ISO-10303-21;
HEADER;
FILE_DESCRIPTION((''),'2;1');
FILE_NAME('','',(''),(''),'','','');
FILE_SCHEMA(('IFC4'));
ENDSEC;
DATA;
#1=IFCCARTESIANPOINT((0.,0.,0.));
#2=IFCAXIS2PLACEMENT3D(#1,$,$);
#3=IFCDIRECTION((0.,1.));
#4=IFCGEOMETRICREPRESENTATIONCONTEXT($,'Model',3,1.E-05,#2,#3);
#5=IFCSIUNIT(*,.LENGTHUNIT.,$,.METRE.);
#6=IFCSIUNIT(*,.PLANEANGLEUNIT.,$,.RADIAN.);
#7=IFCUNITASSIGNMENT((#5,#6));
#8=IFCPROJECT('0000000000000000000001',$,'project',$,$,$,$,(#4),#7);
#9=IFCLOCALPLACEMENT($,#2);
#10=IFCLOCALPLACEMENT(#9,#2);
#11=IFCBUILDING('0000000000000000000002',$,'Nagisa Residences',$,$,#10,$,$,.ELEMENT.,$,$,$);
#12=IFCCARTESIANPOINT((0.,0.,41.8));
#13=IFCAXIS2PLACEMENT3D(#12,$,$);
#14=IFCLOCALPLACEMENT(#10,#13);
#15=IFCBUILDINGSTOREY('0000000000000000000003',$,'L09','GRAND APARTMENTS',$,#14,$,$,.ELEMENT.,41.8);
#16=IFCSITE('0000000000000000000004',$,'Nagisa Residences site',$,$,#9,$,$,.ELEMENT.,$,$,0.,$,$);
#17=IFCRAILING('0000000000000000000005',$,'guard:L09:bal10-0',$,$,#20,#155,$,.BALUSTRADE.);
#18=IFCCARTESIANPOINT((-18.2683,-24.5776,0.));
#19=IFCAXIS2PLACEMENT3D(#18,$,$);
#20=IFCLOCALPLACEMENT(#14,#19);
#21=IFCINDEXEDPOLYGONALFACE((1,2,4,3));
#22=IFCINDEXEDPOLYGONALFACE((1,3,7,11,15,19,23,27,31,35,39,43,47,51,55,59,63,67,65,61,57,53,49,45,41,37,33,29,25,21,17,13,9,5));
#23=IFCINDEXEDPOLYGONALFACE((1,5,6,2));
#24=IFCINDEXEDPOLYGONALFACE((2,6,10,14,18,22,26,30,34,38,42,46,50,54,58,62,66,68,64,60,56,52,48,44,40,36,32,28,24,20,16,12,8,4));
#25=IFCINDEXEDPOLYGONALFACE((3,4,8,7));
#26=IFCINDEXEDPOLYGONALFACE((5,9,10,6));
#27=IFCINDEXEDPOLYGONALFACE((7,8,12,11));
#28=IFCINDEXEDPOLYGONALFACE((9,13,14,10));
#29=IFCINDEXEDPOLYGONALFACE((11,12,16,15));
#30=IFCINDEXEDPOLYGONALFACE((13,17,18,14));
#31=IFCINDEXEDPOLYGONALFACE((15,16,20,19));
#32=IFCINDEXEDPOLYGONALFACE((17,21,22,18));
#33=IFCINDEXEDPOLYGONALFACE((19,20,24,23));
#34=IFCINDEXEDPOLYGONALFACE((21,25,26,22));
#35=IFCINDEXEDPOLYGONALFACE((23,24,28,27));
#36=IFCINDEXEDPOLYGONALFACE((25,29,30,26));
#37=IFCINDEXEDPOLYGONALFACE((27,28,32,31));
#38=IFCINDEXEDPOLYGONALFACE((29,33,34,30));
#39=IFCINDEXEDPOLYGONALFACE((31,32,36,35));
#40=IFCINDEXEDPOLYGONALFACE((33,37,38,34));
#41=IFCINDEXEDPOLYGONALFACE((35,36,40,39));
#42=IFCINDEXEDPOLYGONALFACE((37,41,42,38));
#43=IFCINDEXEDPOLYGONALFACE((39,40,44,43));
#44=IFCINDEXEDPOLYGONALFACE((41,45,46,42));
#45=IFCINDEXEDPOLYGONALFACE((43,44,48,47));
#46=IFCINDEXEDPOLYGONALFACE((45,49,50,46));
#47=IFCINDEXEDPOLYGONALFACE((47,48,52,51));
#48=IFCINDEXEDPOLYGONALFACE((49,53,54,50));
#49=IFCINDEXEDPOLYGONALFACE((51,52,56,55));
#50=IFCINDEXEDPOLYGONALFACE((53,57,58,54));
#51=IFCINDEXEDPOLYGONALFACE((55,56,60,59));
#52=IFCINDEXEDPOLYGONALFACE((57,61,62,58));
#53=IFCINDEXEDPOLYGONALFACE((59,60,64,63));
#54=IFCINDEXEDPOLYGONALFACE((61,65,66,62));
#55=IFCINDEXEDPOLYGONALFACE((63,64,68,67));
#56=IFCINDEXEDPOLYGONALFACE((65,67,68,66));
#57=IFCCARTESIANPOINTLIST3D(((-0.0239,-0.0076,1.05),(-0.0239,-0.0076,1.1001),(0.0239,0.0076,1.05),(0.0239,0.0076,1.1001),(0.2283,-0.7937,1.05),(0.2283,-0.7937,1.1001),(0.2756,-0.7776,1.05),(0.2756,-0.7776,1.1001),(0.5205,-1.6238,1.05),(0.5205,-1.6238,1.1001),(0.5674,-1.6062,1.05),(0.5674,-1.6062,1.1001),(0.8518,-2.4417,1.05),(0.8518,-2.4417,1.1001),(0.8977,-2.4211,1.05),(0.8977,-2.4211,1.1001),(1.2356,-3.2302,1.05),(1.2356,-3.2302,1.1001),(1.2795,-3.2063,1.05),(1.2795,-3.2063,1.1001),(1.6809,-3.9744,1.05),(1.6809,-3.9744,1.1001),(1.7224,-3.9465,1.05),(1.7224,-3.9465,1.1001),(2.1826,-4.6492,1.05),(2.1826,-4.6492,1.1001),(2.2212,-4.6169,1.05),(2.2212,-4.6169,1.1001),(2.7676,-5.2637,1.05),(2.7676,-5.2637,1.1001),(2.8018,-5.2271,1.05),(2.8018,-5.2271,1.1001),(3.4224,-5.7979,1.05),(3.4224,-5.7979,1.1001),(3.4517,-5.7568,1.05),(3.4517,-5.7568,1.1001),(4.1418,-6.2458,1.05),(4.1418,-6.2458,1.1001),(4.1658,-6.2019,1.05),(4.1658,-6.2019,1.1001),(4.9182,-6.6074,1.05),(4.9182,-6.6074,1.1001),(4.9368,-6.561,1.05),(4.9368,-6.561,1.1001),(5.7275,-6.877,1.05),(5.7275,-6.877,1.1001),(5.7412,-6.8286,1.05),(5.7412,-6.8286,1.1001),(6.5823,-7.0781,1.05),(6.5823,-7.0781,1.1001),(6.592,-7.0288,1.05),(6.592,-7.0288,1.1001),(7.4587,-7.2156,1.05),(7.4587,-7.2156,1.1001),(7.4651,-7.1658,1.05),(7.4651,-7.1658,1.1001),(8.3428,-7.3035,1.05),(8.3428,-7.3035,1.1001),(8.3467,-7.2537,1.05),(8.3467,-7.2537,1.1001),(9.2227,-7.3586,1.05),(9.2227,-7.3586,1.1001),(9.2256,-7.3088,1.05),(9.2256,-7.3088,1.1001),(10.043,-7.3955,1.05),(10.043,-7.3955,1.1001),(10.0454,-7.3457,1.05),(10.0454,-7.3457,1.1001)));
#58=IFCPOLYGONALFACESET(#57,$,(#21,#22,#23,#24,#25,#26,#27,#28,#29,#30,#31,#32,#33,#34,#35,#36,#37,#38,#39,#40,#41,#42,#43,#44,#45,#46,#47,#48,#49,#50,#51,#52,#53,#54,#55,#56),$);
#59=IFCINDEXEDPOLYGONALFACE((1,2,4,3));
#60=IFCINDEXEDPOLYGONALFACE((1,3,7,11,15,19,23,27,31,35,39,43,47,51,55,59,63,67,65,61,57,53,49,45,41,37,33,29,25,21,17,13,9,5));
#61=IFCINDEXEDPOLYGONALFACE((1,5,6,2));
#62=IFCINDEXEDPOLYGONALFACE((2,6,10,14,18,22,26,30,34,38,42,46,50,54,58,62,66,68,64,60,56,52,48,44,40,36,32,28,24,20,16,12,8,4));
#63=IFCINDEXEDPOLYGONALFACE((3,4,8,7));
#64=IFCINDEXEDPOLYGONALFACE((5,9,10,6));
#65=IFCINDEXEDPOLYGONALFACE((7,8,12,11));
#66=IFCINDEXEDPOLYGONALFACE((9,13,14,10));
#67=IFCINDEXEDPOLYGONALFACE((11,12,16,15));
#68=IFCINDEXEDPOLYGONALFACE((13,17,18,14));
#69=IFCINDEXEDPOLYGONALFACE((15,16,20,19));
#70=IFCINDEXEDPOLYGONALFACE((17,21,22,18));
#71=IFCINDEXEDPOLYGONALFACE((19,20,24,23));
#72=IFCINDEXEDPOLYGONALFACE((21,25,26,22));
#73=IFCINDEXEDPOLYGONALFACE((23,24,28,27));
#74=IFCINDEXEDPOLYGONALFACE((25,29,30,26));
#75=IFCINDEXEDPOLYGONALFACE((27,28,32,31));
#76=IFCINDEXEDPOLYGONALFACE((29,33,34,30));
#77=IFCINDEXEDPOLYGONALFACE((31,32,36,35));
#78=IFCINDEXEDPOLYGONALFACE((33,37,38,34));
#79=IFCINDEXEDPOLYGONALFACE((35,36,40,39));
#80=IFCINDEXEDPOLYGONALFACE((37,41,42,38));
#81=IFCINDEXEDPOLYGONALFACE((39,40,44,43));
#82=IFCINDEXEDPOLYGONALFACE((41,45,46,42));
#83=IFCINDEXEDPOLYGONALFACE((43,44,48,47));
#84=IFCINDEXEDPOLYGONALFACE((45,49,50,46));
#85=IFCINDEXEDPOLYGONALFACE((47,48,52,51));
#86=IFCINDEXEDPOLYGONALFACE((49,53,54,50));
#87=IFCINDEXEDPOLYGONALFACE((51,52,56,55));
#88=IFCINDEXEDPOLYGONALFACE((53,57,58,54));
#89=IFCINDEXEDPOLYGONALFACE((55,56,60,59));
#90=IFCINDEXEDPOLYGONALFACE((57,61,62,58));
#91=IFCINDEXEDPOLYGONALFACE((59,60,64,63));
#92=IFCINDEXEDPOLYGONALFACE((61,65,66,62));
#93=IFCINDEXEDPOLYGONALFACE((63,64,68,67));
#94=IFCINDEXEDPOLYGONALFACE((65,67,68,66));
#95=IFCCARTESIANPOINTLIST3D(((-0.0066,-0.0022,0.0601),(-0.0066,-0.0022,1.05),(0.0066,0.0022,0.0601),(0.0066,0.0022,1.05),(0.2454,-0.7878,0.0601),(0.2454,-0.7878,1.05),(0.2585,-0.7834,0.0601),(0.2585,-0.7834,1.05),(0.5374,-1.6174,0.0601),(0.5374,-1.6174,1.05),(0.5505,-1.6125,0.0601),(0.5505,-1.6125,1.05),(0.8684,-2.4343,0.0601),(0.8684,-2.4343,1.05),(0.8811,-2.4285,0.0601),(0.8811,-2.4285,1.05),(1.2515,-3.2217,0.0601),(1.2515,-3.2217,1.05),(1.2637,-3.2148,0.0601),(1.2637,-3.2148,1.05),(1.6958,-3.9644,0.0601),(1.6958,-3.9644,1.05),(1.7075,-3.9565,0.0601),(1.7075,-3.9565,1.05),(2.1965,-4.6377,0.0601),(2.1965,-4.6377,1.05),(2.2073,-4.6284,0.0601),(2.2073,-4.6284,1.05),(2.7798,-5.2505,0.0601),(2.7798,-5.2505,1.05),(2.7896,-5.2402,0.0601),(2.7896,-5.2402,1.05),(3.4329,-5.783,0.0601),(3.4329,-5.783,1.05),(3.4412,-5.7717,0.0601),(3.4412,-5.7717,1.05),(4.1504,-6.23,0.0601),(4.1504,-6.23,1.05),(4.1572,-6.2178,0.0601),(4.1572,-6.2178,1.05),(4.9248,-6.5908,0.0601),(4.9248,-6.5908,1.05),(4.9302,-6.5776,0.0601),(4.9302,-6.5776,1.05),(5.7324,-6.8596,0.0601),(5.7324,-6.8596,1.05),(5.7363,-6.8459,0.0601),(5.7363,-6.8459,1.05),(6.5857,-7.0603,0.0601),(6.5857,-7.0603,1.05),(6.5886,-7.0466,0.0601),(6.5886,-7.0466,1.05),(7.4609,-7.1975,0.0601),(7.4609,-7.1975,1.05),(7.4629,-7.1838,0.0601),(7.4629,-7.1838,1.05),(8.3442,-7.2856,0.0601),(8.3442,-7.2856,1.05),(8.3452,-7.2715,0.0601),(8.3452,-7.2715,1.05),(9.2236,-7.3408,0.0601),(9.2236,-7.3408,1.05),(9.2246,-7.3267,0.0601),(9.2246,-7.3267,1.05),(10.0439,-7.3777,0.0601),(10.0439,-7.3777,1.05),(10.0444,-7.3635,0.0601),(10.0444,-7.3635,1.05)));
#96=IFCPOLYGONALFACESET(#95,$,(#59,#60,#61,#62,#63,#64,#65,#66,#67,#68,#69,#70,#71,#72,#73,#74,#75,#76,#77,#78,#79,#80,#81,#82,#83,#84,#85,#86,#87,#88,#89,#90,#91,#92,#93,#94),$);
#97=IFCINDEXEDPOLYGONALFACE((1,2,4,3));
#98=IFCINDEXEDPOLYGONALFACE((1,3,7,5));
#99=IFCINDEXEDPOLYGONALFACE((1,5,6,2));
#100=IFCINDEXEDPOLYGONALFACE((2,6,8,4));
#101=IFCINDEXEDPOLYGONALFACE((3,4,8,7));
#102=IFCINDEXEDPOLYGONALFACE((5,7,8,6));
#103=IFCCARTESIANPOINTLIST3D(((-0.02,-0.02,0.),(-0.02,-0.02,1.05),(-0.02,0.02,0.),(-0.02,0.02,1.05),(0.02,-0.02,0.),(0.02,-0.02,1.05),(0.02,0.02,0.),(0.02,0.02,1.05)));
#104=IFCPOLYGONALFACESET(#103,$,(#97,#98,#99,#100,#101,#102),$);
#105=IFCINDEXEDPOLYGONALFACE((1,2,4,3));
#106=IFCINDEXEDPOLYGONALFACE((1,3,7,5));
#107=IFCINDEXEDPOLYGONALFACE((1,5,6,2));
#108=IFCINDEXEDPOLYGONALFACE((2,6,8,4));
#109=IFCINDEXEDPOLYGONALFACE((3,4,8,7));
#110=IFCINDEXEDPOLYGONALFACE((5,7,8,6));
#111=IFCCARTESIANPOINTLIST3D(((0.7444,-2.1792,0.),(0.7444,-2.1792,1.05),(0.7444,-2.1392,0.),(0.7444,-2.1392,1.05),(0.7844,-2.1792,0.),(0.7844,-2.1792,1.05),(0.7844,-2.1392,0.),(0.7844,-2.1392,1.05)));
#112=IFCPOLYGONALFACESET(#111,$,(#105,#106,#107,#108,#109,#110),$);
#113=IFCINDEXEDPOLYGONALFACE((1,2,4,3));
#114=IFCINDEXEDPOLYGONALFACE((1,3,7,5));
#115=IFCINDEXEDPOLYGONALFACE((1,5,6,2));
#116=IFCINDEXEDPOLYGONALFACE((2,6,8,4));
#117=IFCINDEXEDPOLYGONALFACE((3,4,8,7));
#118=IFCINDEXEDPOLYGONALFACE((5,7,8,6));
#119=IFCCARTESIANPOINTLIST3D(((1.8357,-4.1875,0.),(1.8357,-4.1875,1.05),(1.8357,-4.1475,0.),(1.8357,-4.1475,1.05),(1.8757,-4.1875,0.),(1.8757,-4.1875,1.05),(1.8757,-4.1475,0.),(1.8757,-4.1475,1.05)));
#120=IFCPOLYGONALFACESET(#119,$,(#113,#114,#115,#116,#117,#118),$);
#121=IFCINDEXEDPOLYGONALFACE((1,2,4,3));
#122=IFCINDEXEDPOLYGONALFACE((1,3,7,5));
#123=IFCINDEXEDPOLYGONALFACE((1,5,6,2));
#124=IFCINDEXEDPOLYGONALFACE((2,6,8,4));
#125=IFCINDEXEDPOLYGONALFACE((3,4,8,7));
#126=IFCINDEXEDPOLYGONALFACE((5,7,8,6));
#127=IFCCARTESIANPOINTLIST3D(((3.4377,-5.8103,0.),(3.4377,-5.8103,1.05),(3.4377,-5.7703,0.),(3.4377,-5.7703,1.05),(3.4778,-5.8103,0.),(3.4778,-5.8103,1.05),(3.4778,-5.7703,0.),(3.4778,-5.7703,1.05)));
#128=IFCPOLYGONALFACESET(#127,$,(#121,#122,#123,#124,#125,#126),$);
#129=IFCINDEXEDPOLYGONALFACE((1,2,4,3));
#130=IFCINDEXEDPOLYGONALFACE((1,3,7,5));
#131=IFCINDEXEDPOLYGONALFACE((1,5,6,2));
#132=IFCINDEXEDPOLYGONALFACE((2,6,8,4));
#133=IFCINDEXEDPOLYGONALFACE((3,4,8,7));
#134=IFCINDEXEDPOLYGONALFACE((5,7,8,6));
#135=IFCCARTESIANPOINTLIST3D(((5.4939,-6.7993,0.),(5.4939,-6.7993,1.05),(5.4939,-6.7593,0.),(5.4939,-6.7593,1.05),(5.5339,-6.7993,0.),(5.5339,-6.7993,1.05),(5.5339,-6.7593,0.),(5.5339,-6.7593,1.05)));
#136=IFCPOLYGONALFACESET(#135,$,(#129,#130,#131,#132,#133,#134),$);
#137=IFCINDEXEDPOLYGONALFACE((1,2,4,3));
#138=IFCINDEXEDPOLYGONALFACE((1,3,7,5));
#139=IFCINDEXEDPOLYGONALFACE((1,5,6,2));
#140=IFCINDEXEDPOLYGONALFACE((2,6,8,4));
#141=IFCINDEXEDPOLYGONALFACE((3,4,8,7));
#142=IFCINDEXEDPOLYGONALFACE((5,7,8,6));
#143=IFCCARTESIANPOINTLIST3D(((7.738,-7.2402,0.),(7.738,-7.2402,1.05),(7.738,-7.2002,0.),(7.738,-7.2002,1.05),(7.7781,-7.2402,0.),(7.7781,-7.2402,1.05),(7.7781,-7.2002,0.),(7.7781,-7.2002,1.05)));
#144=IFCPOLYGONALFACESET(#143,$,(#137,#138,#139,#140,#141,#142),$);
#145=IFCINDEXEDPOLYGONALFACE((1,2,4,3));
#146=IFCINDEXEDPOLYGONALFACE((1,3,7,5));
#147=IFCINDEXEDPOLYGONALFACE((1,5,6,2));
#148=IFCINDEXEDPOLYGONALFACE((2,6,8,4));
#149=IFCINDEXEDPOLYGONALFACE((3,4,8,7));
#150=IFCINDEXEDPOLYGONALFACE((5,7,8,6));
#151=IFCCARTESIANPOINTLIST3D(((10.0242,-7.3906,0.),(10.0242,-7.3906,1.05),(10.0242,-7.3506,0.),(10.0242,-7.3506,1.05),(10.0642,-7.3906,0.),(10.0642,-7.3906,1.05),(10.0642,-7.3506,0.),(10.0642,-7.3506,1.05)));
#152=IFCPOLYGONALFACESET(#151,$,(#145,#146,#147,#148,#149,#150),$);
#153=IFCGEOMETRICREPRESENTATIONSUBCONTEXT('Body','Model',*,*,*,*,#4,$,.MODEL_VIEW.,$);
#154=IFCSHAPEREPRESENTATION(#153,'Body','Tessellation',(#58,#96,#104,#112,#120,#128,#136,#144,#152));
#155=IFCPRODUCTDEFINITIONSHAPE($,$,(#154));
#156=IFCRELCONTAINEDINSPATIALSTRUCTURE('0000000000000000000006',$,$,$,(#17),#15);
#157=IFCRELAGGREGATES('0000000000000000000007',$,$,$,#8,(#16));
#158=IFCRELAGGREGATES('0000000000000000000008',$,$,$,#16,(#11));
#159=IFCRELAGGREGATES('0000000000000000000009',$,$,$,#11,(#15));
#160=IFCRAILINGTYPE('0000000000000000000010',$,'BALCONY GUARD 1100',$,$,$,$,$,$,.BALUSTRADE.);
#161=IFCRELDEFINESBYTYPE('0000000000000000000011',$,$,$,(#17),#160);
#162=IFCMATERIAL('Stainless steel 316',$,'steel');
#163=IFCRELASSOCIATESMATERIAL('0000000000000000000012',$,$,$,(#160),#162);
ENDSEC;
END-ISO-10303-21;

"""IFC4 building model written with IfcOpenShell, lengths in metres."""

from ifc_helpers import new_model, si_unit, direction, frame, origin, origin_2d, place, context, subcontext, project, spatial, polyline, rectangle, outline, extrude, material, type_object, element, save


model = new_model("IFC4")

# Units and contexts
model_context = context("Model", 3, precision=1e-05, world=origin(), true_north=direction((0.0, 1.0)))
body_context = subcontext(model_context, "Body", "Model", "MODEL_VIEW")
ifc_project = project(units=[si_unit("LENGTHUNIT", "METRE"), si_unit("PLANEANGLEUNIT", "RADIAN")], contexts=[model_context])

# Site, building, storey
site_placement = place(None, origin())
site = spatial("IfcSite", under=ifc_project, at=site_placement, Name="Nagisa Residences site", CompositionType="ELEMENT", RefElevation=0.0)
building_placement = place(site_placement, origin())
building = spatial("IfcBuilding", under=site, at=building_placement, Name="Nagisa Residences", CompositionType="ELEMENT")
storey_placement = place(building_placement, frame((0.0, 0.0, 41.8)))
storey = spatial("IfcBuildingStorey", under=building, at=storey_placement, Name="L09", Description="GRAND APARTMENTS", CompositionType="ELEMENT", Elevation=41.8)

# Railing
ifc_material_1 = material(Name="Stainless steel 316", Category="steel")
railing_type = type_object("IfcRailingType", Name="BALCONY GUARD 1100", PredefinedType="BALUSTRADE", material=ifc_material_1)
railing_1_placement = place(storey_placement, frame((-18.2683, -24.5776, 0.0)))
element("IfcRailing", 1, at=railing_1_placement, inside=storey, type_object=railing_type, Name="guard:L09:bal10-0", PredefinedType="BALUSTRADE", context=body_context, shape_type="SweptSolid", body=[
    extrude(outline(polyline([(0.2756, -0.7776), (0.0239, 0.0076), (-0.0239, -0.0076), (0.2283, -0.7937), (0.5205, -1.6238), (0.8518, -2.4417), (1.2356, -3.2302), (1.6809, -3.9744), (2.1826, -4.6492), (2.7676, -5.2637), (3.4224, -5.7979), (4.1418, -6.2458), (4.9182, -6.6074), (5.7275, -6.877), (6.5823, -7.0781), (7.4587, -7.2156), (8.3428, -7.3035), (9.2227, -7.3586), (10.043, -7.3955), (10.0454, -7.3457), (9.2256, -7.3088), (8.3467, -7.2537), (7.4651, -7.1658), (6.592, -7.0288), (5.7412, -6.8286), (4.9368, -6.561), (4.1658, -6.2019), (3.4517, -5.7568), (2.8018, -5.2271), (2.2212, -4.6169), (1.7224, -3.9465), (1.2795, -3.2063), (0.8977, -2.4211), (0.5674, -1.6062), (0.2756, -0.7776)])), frame((0.0, 0.0, 1.05)), (0.0, 0.0, 1.0), 0.05),
    extrude(outline(polyline([(0.2585, -0.7834), (0.0066, 0.0022), (-0.0066, -0.0022), (0.2454, -0.7878), (0.5374, -1.6174), (0.8684, -2.4343), (1.2515, -3.2217), (1.6958, -3.9644), (2.1965, -4.6377), (2.7798, -5.2505), (3.4329, -5.783), (4.1504, -6.23), (4.9248, -6.5908), (5.7324, -6.8596), (6.5857, -7.0603), (7.4609, -7.1975), (8.3442, -7.2856), (9.2236, -7.3408), (10.0439, -7.3777), (10.0444, -7.3635), (9.2246, -7.3267), (8.3452, -7.2715), (7.4629, -7.1838), (6.5886, -7.0466), (5.7363, -6.8459), (4.9302, -6.5776), (4.1572, -6.2178), (3.4412, -5.7717), (2.7896, -5.2402), (2.2073, -4.6284), (1.7075, -3.9565), (1.2637, -3.2148), (0.8811, -2.4285), (0.5505, -1.6125), (0.2585, -0.7834)])), frame((0.0, 0.0, 0.0601)), (0.0, 0.0, 1.0), 0.99),
    extrude(rectangle(XDim=0.04, YDim=0.04, at=origin_2d()), origin(), (0.0, 0.0, 1.0), 1.05),
    extrude(rectangle(XDim=0.04, YDim=0.04, at=origin_2d()), frame((0.7644, -2.1592, 0.0)), (0.0, 0.0, 1.0), 1.05),
    extrude(rectangle(XDim=0.04, YDim=0.04, at=origin_2d()), frame((1.8557, -4.1675, 0.0)), (0.0, 0.0, 1.0), 1.05),
    extrude(rectangle(XDim=0.04, YDim=0.04, at=origin_2d()), frame((3.4578, -5.7903, 0.0)), (0.0, 0.0, 1.0), 1.05),
    extrude(rectangle(XDim=0.04, YDim=0.04, at=origin_2d()), frame((5.5139, -6.7793, 0.0)), (0.0, 0.0, 1.0), 1.05),
    extrude(rectangle(XDim=0.04, YDim=0.04, at=origin_2d()), frame((7.7581, -7.2202, 0.0)), (0.0, 0.0, 1.0), 1.05),
    extrude(rectangle(XDim=0.04, YDim=0.04, at=origin_2d()), frame((10.0442, -7.3706, 0.0)), (0.0, 0.0, 1.0), 1.05),
])

save(model, "model.ifc")
